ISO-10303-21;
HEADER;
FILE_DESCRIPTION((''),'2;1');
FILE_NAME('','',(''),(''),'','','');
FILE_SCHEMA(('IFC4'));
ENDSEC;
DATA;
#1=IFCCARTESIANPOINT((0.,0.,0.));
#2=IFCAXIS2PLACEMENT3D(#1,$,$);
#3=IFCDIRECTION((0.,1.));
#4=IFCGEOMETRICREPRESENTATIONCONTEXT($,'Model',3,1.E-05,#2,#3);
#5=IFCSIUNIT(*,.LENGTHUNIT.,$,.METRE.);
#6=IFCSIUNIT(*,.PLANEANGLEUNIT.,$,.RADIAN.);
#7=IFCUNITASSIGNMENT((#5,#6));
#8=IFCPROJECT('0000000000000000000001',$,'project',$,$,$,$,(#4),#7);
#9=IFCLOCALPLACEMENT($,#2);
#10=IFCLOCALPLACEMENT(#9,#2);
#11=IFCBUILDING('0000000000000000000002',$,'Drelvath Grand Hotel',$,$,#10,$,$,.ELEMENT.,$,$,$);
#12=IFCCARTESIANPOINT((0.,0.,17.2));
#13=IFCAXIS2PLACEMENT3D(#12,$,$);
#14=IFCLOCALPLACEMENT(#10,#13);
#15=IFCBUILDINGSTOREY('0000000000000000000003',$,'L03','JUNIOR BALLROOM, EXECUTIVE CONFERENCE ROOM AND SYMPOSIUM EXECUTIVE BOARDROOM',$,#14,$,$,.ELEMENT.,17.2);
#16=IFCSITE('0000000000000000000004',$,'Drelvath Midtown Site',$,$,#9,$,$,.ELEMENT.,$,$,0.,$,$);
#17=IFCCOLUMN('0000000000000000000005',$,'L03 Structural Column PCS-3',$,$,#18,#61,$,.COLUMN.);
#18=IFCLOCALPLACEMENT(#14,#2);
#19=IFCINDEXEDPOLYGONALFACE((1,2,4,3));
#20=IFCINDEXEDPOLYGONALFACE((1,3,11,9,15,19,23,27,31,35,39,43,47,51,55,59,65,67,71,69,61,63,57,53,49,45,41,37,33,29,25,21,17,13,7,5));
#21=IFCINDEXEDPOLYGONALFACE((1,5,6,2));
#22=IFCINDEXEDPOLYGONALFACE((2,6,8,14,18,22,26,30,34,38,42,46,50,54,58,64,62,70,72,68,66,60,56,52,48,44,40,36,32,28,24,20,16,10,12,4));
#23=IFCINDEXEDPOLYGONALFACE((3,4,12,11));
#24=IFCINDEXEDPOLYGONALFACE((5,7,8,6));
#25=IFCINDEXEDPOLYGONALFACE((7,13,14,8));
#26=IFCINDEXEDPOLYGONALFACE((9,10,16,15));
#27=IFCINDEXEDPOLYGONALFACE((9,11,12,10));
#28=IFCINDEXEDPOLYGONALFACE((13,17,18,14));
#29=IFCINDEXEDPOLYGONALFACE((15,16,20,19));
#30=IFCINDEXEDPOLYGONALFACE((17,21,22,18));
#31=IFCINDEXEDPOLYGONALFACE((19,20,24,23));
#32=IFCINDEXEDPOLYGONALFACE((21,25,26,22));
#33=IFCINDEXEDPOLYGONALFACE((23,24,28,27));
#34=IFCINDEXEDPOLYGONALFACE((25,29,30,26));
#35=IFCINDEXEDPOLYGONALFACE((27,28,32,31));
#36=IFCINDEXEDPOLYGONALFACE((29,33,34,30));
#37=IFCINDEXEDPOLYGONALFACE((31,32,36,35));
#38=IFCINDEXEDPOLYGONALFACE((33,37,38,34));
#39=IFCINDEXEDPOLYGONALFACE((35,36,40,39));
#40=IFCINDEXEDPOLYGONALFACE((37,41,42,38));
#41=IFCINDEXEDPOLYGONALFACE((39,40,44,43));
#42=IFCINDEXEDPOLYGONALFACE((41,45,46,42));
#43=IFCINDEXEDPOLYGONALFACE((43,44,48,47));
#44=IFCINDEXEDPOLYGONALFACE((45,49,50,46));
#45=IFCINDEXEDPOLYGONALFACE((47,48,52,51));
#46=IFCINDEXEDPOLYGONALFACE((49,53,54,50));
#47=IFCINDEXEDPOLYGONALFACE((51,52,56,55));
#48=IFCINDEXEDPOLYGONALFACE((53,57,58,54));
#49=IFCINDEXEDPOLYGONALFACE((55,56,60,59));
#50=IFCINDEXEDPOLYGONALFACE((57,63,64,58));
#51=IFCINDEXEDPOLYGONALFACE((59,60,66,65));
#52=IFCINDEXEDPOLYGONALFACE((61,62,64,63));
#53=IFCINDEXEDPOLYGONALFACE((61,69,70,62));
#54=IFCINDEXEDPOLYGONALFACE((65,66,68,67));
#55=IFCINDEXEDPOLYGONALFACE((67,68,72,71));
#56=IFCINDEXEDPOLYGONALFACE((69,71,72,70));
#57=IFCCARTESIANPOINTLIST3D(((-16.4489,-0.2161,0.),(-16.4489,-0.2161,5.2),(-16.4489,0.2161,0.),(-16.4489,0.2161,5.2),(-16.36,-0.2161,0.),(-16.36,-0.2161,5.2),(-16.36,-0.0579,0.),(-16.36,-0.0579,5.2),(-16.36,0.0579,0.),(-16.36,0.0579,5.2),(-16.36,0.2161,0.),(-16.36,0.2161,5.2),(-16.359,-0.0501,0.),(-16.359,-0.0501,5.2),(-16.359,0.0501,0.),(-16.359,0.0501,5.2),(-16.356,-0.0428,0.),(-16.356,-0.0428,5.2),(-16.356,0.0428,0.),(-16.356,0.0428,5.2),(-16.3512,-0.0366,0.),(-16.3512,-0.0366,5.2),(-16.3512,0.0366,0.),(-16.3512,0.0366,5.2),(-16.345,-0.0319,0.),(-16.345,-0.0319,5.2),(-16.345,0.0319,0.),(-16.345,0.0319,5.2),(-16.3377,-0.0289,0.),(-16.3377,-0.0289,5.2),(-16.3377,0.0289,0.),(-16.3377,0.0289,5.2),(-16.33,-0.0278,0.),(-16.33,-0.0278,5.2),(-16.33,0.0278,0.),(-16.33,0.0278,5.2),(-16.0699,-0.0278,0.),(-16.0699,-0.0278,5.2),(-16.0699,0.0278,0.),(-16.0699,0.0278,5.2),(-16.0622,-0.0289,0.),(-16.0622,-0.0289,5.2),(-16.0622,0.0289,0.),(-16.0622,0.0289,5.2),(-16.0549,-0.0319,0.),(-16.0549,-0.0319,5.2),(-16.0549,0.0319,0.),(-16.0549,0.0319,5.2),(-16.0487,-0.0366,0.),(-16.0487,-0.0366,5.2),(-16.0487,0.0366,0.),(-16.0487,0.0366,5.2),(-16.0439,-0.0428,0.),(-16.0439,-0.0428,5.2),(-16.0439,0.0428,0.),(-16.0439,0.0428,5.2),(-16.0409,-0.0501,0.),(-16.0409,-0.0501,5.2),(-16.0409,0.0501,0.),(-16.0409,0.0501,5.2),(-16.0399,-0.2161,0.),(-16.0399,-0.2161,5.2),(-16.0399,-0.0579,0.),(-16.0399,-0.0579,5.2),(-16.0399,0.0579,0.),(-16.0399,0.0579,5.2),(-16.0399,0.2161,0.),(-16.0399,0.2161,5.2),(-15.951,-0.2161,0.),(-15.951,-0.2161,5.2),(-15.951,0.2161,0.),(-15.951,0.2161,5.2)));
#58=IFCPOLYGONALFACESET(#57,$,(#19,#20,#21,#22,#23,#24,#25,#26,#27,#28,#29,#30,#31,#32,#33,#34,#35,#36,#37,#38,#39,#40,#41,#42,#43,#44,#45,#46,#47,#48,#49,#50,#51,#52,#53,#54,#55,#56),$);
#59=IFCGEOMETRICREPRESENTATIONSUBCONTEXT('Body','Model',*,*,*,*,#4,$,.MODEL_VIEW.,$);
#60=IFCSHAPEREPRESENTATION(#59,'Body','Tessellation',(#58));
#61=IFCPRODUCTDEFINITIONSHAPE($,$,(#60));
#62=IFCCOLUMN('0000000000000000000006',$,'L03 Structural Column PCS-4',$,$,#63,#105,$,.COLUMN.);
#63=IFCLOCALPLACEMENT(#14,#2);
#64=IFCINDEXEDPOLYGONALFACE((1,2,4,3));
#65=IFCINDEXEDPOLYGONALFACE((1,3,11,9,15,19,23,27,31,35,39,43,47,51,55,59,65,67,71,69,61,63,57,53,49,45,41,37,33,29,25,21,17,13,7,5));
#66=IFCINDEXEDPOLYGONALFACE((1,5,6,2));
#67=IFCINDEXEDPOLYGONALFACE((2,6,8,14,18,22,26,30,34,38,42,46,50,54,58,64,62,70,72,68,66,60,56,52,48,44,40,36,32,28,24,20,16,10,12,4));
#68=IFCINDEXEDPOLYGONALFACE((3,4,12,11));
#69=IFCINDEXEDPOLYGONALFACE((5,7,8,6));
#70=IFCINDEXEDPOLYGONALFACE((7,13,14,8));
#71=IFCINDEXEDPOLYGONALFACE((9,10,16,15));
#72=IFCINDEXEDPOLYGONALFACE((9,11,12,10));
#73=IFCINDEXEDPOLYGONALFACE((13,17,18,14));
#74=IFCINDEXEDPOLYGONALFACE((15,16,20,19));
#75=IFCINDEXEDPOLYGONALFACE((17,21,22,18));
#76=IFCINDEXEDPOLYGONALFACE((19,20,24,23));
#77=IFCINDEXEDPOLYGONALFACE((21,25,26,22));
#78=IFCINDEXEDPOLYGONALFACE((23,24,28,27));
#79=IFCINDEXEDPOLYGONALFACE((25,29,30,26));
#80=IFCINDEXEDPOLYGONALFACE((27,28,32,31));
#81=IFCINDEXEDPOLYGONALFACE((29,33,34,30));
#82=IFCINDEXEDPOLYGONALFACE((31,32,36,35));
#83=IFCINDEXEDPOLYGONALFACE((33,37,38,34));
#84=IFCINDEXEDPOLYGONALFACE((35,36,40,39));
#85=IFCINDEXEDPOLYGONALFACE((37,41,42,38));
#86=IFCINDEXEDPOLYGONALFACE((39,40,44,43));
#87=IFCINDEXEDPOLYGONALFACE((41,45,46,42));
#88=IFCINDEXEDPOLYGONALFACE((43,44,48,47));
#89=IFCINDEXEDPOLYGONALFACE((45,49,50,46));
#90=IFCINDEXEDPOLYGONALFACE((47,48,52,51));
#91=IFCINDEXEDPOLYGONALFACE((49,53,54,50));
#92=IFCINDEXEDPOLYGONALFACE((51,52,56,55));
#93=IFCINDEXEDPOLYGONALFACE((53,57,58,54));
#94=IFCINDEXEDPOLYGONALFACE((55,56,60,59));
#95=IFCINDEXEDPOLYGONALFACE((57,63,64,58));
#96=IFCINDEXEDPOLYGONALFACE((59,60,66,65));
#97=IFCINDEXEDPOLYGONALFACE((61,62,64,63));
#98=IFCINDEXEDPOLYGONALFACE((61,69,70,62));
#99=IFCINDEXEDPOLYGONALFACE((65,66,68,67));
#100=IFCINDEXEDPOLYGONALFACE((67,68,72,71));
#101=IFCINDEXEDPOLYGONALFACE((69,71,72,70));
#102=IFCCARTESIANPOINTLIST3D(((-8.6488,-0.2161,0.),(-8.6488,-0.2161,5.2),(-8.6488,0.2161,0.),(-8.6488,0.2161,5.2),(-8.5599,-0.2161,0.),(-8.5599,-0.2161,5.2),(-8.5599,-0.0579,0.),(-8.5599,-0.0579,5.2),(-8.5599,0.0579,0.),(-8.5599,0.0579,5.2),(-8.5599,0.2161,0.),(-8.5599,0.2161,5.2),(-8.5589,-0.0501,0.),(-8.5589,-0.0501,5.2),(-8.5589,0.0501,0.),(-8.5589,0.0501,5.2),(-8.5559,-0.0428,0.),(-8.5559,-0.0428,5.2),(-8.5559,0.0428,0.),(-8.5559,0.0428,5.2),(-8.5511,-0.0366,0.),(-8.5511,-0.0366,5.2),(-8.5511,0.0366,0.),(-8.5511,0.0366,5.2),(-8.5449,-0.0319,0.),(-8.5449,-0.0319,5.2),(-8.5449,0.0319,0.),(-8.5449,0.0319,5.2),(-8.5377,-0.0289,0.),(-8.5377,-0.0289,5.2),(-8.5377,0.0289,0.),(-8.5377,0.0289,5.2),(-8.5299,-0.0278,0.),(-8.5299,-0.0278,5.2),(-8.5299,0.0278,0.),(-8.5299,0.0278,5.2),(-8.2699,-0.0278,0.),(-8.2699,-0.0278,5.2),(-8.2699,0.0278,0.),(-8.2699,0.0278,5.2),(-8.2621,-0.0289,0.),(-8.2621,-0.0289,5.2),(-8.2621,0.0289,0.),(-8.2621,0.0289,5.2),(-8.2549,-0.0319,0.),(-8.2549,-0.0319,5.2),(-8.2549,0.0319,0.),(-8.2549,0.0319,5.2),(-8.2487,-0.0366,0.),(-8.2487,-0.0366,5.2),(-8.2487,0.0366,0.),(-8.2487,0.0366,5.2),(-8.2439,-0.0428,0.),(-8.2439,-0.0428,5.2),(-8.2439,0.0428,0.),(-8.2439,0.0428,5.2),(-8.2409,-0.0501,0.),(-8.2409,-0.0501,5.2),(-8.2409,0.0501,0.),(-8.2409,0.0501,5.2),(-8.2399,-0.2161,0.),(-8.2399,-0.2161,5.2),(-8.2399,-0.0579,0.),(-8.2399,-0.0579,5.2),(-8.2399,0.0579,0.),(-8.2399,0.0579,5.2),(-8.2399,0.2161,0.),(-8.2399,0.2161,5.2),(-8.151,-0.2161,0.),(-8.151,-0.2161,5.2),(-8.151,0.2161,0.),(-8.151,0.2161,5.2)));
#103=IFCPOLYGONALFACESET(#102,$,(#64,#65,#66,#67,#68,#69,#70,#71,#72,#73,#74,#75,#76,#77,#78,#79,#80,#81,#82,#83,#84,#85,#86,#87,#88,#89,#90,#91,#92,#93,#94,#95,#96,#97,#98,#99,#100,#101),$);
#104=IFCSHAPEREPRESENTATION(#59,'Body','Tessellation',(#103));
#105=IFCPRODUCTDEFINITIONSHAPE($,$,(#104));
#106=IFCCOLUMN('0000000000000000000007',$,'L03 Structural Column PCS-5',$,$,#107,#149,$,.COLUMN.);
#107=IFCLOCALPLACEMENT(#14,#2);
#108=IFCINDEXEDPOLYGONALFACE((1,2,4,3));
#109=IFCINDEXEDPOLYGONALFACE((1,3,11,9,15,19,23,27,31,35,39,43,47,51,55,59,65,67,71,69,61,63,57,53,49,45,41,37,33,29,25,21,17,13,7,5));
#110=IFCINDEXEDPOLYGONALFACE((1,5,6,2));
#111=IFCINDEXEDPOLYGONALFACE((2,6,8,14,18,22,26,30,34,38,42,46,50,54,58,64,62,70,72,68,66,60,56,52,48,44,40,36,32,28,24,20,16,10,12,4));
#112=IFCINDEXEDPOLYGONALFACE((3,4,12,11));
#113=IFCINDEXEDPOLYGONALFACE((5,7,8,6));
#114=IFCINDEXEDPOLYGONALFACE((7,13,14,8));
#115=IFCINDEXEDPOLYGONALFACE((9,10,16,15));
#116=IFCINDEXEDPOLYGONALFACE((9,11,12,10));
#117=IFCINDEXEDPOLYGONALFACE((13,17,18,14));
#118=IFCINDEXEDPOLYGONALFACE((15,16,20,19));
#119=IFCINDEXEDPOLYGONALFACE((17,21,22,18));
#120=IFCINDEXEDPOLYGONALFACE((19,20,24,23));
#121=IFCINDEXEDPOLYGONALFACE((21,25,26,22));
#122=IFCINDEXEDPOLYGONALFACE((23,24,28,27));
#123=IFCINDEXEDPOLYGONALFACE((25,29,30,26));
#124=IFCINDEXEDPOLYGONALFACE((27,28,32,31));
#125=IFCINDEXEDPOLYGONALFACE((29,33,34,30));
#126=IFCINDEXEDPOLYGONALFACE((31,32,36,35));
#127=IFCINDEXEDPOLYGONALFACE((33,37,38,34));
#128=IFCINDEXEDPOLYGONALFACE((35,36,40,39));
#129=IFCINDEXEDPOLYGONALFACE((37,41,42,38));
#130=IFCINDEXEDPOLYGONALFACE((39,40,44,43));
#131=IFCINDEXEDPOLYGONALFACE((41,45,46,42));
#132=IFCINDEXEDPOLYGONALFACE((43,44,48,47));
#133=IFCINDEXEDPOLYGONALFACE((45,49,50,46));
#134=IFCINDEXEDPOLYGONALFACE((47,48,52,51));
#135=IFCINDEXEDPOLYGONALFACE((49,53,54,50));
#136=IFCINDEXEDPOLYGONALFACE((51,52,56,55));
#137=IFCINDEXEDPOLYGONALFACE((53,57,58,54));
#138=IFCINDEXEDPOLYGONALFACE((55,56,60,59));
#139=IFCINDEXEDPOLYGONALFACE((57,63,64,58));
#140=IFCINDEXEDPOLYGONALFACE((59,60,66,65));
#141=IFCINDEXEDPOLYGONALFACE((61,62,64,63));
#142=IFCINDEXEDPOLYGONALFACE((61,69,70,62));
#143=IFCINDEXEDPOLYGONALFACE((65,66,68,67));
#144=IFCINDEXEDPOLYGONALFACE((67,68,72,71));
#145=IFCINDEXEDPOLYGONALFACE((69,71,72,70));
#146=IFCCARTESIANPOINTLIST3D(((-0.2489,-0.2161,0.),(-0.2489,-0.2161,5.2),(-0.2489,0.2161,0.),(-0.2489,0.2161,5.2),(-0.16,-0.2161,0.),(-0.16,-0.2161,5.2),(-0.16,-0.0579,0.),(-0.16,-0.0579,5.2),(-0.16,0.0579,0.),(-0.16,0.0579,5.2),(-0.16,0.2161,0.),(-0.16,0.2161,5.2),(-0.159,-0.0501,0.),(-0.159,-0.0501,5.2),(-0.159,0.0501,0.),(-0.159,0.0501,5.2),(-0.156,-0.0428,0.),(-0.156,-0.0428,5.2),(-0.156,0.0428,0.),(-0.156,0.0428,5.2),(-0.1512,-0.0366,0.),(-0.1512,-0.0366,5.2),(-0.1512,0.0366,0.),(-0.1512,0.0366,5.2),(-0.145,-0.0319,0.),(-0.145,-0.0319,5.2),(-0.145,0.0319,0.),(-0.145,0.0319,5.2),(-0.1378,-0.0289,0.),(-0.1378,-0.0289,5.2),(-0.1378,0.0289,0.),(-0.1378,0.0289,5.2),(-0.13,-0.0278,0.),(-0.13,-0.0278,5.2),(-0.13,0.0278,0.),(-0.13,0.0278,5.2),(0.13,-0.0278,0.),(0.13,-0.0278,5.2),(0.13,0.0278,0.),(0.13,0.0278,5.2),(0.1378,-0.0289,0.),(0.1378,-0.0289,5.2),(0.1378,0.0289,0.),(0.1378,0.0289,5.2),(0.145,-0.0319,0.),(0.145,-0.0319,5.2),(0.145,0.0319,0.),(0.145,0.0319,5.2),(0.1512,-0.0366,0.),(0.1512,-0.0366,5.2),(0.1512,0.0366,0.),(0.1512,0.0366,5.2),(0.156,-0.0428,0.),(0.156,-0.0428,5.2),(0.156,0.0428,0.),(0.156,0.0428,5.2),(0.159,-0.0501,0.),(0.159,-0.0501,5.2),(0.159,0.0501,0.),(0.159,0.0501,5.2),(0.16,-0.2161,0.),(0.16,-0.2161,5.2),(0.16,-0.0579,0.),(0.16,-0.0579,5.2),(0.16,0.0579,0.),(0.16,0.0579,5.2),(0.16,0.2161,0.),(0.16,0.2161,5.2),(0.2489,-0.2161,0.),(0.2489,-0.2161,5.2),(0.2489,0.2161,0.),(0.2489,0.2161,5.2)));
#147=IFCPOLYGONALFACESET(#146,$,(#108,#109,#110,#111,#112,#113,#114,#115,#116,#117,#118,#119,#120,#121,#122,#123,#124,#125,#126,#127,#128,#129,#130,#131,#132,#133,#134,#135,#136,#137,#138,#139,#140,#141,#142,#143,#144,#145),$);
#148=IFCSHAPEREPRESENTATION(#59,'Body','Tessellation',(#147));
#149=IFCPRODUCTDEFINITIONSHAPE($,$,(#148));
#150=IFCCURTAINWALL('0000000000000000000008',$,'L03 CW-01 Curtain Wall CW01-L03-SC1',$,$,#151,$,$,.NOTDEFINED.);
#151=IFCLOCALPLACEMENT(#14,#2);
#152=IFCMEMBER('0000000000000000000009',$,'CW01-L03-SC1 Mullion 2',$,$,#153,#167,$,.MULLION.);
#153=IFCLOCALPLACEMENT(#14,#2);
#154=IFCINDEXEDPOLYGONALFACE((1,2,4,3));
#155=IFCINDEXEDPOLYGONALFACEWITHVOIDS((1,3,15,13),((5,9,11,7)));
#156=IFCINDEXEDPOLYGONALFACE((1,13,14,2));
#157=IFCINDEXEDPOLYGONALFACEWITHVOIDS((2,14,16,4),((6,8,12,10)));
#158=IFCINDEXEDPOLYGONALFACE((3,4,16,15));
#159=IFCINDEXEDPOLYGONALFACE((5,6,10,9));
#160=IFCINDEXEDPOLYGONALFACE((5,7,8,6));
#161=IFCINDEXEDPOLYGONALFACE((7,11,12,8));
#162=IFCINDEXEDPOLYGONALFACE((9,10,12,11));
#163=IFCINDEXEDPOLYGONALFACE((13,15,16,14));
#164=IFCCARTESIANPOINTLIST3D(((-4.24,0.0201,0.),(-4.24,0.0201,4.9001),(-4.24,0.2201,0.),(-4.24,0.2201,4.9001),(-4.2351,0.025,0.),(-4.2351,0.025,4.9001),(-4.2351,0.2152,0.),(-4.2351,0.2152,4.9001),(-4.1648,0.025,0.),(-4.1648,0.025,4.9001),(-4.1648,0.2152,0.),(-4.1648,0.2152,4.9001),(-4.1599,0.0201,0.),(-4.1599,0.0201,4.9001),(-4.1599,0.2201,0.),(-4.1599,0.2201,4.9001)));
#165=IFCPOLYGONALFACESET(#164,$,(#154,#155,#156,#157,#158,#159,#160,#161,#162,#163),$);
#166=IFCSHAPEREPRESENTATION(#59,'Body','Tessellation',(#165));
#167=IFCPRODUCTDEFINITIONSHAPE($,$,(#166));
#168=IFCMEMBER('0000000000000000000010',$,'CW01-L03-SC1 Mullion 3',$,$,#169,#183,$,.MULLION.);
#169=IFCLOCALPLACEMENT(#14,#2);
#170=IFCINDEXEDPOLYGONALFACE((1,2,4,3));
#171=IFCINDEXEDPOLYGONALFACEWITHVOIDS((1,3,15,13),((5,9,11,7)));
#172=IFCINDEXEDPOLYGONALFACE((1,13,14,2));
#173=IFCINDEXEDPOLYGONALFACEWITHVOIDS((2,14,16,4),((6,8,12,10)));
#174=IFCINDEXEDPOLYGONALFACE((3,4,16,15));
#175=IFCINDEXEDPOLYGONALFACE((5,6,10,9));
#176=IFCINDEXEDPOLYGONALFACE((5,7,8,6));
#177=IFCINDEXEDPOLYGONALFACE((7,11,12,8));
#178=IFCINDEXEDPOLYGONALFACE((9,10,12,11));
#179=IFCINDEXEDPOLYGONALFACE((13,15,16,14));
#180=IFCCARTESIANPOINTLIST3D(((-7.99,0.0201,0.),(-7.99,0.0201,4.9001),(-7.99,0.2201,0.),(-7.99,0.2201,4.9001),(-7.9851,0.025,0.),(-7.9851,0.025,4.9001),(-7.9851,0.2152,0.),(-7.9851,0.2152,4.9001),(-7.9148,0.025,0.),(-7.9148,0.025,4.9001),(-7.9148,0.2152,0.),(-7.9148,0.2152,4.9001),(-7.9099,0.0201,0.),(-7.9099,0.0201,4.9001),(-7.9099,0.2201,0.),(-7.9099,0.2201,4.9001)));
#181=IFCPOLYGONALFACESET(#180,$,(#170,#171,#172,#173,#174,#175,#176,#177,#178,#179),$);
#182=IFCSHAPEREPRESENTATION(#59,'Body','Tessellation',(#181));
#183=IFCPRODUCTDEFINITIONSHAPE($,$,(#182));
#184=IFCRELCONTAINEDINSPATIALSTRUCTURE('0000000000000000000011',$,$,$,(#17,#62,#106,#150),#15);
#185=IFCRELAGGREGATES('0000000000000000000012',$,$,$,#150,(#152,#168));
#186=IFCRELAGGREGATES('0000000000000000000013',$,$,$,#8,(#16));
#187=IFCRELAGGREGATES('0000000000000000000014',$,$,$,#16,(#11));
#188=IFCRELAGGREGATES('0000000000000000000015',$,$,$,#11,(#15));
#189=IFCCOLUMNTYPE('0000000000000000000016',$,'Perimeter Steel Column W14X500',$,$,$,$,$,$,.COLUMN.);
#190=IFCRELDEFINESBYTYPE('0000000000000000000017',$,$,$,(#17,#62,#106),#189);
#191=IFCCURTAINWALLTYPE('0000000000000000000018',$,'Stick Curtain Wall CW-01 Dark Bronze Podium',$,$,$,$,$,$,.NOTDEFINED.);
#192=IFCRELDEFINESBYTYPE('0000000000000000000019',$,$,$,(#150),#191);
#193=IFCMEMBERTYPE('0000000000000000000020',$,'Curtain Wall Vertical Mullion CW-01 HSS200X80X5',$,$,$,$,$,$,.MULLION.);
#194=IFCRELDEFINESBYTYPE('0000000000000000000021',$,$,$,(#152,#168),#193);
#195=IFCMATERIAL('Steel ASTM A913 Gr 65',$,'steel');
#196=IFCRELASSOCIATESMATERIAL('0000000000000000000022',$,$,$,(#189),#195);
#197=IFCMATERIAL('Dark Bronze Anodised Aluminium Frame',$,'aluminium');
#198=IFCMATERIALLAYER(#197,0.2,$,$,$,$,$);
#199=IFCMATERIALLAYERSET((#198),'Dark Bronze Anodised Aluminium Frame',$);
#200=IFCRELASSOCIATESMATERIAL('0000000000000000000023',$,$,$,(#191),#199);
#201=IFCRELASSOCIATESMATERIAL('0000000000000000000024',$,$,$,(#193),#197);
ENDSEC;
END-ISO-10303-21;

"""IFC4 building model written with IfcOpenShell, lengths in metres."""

from ifc_helpers import new_model, si_unit, direction, frame, origin, origin_2d, place, context, subcontext, project, spatial, hollow_rectangle, i_section, extrude, material, layer, layer_set, material_profile, profile_set, type_object, element, aggregate, save


model = new_model("IFC4")

# Units and contexts
model_context = context("Model", 3, precision=1e-05, world=origin(), true_north=direction((0.0, 1.0)))
body_context = subcontext(model_context, "Body", "Model", "MODEL_VIEW")
ifc_project = project(units=[si_unit("LENGTHUNIT", "METRE"), si_unit("PLANEANGLEUNIT", "RADIAN")], contexts=[model_context])

# Site, building, storey
site_placement = place(None, origin())
site = spatial("IfcSite", under=ifc_project, at=site_placement, Name="Drelvath Midtown Site", CompositionType="ELEMENT", RefElevation=0.0)
building_placement = place(site_placement, origin())
building = spatial("IfcBuilding", under=site, at=building_placement, Name="Drelvath Grand Hotel", CompositionType="ELEMENT")
storey_placement = place(building_placement, frame((0.0, 0.0, 17.2)))
storey = spatial("IfcBuildingStorey", under=building, at=storey_placement, Name="L03", Description="JUNIOR BALLROOM, EXECUTIVE CONFERENCE ROOM AND SYMPOSIUM EXECUTIVE BOARDROOM", CompositionType="ELEMENT", Elevation=17.2)

# Columns
ifc_material_1 = material(Name="Steel ASTM A913 Gr 65", Category="steel")
ifc_material_profile_1 = material_profile(ifc_material_1, i_section(OverallWidth=0.4321, OverallDepth=0.4978, WebThickness=0.0557, FlangeThickness=0.0889, FilletRadius=0.03, at=origin_2d()), Name="W14X500")
ifc_profile_set_1 = profile_set([ifc_material_profile_1], Name="Steel ASTM A913 Gr 65")
column_type = type_object("IfcColumnType", Name="Perimeter Steel Column W14X500", PredefinedType="COLUMN", material=ifc_profile_set_1)
for number, where, z_axis, x_axis, name in (
    (1, (-16.2, 0.0, 0.0), (0.0, 0.0, 1.0), (0.0, 1.0, 0.0), "L03 Structural Column PCS-3"),
    (2, (-8.3999, 0.0, 0.0), (0.0, 0.0, 1.0), (0.0, 1.0, 0.0), "L03 Structural Column PCS-4"),
    (3, (0.0, 0.0, 0.0), (0.0, 0.0, 1.0), (0.0, 1.0, 0.0), "L03 Structural Column PCS-5"),
):
    element("IfcColumn", number, at=place(storey_placement, frame(where, z_axis=z_axis, x_axis=x_axis)), inside=storey, type_object=column_type, Name=name, PredefinedType="COLUMN", context=body_context, shape_type="SweptSolid", body=[
        extrude(i_section(OverallWidth=0.4321, OverallDepth=0.4978, WebThickness=0.0557, FlangeThickness=0.0889, FilletRadius=0.03, at=origin_2d()), origin(), (0.0, 0.0, 1.0), 5.2),
    ])

# Curtain wall, members
ifc_material_2 = material(Name="Dark Bronze Anodised Aluminium Frame", Category="aluminium")
ifc_layer_1 = layer(ifc_material_2, 0.2)
ifc_layer_set_1 = layer_set([ifc_layer_1], Name="Dark Bronze Anodised Aluminium Frame")
curtain_wall_type = type_object("IfcCurtainWallType", Name="Stick Curtain Wall CW-01 Dark Bronze Podium", PredefinedType="NOTDEFINED", material=ifc_layer_set_1)
curtain_wall_placement = place(storey_placement, origin())
curtain_wall = element("IfcCurtainWall", 4, at=curtain_wall_placement, inside=storey, type_object=curtain_wall_type, Name="L03 CW-01 Curtain Wall CW01-L03-SC1", PredefinedType="NOTDEFINED")
ifc_material_profile_2 = material_profile(ifc_material_2, hollow_rectangle(XDim=0.0801, YDim=0.2, WallThickness=0.0049, at=origin_2d()), Name="HSS200X80X5")
ifc_profile_set_2 = profile_set([ifc_material_profile_2], Name="Dark Bronze Anodised Aluminium Frame")
member_type = type_object("IfcMemberType", Name="Curtain Wall Vertical Mullion CW-01 HSS200X80X5", PredefinedType="MULLION", material=ifc_profile_set_2)
member_1_placement = place(storey_placement, frame((-4.2, 0.1201, 0.0), z_axis=(0.0, 0.0, 1.0), x_axis=(1.0, 0.0, 0.0)))
member_1 = element("IfcMember", 5, at=member_1_placement, type_object=member_type, Name="CW01-L03-SC1 Mullion 2", PredefinedType="MULLION", context=body_context, shape_type="SweptSolid", body=[
    extrude(hollow_rectangle(XDim=0.0801, YDim=0.2, WallThickness=0.0049, at=origin_2d()), origin(), (0.0, 0.0, 1.0), 4.9001),
])
member_2_placement = place(storey_placement, frame((-7.95, 0.1201, 0.0), z_axis=(0.0, 0.0, 1.0), x_axis=(1.0, 0.0, 0.0)))
member_2 = element("IfcMember", 6, at=member_2_placement, type_object=member_type, Name="CW01-L03-SC1 Mullion 3", PredefinedType="MULLION", context=body_context, shape_type="SweptSolid", body=[
    extrude(hollow_rectangle(XDim=0.0801, YDim=0.2, WallThickness=0.0049, at=origin_2d()), origin(), (0.0, 0.0, 1.0), 4.9001),
])

aggregate(curtain_wall, [member_1, member_2])

save(model, "model.ifc")
